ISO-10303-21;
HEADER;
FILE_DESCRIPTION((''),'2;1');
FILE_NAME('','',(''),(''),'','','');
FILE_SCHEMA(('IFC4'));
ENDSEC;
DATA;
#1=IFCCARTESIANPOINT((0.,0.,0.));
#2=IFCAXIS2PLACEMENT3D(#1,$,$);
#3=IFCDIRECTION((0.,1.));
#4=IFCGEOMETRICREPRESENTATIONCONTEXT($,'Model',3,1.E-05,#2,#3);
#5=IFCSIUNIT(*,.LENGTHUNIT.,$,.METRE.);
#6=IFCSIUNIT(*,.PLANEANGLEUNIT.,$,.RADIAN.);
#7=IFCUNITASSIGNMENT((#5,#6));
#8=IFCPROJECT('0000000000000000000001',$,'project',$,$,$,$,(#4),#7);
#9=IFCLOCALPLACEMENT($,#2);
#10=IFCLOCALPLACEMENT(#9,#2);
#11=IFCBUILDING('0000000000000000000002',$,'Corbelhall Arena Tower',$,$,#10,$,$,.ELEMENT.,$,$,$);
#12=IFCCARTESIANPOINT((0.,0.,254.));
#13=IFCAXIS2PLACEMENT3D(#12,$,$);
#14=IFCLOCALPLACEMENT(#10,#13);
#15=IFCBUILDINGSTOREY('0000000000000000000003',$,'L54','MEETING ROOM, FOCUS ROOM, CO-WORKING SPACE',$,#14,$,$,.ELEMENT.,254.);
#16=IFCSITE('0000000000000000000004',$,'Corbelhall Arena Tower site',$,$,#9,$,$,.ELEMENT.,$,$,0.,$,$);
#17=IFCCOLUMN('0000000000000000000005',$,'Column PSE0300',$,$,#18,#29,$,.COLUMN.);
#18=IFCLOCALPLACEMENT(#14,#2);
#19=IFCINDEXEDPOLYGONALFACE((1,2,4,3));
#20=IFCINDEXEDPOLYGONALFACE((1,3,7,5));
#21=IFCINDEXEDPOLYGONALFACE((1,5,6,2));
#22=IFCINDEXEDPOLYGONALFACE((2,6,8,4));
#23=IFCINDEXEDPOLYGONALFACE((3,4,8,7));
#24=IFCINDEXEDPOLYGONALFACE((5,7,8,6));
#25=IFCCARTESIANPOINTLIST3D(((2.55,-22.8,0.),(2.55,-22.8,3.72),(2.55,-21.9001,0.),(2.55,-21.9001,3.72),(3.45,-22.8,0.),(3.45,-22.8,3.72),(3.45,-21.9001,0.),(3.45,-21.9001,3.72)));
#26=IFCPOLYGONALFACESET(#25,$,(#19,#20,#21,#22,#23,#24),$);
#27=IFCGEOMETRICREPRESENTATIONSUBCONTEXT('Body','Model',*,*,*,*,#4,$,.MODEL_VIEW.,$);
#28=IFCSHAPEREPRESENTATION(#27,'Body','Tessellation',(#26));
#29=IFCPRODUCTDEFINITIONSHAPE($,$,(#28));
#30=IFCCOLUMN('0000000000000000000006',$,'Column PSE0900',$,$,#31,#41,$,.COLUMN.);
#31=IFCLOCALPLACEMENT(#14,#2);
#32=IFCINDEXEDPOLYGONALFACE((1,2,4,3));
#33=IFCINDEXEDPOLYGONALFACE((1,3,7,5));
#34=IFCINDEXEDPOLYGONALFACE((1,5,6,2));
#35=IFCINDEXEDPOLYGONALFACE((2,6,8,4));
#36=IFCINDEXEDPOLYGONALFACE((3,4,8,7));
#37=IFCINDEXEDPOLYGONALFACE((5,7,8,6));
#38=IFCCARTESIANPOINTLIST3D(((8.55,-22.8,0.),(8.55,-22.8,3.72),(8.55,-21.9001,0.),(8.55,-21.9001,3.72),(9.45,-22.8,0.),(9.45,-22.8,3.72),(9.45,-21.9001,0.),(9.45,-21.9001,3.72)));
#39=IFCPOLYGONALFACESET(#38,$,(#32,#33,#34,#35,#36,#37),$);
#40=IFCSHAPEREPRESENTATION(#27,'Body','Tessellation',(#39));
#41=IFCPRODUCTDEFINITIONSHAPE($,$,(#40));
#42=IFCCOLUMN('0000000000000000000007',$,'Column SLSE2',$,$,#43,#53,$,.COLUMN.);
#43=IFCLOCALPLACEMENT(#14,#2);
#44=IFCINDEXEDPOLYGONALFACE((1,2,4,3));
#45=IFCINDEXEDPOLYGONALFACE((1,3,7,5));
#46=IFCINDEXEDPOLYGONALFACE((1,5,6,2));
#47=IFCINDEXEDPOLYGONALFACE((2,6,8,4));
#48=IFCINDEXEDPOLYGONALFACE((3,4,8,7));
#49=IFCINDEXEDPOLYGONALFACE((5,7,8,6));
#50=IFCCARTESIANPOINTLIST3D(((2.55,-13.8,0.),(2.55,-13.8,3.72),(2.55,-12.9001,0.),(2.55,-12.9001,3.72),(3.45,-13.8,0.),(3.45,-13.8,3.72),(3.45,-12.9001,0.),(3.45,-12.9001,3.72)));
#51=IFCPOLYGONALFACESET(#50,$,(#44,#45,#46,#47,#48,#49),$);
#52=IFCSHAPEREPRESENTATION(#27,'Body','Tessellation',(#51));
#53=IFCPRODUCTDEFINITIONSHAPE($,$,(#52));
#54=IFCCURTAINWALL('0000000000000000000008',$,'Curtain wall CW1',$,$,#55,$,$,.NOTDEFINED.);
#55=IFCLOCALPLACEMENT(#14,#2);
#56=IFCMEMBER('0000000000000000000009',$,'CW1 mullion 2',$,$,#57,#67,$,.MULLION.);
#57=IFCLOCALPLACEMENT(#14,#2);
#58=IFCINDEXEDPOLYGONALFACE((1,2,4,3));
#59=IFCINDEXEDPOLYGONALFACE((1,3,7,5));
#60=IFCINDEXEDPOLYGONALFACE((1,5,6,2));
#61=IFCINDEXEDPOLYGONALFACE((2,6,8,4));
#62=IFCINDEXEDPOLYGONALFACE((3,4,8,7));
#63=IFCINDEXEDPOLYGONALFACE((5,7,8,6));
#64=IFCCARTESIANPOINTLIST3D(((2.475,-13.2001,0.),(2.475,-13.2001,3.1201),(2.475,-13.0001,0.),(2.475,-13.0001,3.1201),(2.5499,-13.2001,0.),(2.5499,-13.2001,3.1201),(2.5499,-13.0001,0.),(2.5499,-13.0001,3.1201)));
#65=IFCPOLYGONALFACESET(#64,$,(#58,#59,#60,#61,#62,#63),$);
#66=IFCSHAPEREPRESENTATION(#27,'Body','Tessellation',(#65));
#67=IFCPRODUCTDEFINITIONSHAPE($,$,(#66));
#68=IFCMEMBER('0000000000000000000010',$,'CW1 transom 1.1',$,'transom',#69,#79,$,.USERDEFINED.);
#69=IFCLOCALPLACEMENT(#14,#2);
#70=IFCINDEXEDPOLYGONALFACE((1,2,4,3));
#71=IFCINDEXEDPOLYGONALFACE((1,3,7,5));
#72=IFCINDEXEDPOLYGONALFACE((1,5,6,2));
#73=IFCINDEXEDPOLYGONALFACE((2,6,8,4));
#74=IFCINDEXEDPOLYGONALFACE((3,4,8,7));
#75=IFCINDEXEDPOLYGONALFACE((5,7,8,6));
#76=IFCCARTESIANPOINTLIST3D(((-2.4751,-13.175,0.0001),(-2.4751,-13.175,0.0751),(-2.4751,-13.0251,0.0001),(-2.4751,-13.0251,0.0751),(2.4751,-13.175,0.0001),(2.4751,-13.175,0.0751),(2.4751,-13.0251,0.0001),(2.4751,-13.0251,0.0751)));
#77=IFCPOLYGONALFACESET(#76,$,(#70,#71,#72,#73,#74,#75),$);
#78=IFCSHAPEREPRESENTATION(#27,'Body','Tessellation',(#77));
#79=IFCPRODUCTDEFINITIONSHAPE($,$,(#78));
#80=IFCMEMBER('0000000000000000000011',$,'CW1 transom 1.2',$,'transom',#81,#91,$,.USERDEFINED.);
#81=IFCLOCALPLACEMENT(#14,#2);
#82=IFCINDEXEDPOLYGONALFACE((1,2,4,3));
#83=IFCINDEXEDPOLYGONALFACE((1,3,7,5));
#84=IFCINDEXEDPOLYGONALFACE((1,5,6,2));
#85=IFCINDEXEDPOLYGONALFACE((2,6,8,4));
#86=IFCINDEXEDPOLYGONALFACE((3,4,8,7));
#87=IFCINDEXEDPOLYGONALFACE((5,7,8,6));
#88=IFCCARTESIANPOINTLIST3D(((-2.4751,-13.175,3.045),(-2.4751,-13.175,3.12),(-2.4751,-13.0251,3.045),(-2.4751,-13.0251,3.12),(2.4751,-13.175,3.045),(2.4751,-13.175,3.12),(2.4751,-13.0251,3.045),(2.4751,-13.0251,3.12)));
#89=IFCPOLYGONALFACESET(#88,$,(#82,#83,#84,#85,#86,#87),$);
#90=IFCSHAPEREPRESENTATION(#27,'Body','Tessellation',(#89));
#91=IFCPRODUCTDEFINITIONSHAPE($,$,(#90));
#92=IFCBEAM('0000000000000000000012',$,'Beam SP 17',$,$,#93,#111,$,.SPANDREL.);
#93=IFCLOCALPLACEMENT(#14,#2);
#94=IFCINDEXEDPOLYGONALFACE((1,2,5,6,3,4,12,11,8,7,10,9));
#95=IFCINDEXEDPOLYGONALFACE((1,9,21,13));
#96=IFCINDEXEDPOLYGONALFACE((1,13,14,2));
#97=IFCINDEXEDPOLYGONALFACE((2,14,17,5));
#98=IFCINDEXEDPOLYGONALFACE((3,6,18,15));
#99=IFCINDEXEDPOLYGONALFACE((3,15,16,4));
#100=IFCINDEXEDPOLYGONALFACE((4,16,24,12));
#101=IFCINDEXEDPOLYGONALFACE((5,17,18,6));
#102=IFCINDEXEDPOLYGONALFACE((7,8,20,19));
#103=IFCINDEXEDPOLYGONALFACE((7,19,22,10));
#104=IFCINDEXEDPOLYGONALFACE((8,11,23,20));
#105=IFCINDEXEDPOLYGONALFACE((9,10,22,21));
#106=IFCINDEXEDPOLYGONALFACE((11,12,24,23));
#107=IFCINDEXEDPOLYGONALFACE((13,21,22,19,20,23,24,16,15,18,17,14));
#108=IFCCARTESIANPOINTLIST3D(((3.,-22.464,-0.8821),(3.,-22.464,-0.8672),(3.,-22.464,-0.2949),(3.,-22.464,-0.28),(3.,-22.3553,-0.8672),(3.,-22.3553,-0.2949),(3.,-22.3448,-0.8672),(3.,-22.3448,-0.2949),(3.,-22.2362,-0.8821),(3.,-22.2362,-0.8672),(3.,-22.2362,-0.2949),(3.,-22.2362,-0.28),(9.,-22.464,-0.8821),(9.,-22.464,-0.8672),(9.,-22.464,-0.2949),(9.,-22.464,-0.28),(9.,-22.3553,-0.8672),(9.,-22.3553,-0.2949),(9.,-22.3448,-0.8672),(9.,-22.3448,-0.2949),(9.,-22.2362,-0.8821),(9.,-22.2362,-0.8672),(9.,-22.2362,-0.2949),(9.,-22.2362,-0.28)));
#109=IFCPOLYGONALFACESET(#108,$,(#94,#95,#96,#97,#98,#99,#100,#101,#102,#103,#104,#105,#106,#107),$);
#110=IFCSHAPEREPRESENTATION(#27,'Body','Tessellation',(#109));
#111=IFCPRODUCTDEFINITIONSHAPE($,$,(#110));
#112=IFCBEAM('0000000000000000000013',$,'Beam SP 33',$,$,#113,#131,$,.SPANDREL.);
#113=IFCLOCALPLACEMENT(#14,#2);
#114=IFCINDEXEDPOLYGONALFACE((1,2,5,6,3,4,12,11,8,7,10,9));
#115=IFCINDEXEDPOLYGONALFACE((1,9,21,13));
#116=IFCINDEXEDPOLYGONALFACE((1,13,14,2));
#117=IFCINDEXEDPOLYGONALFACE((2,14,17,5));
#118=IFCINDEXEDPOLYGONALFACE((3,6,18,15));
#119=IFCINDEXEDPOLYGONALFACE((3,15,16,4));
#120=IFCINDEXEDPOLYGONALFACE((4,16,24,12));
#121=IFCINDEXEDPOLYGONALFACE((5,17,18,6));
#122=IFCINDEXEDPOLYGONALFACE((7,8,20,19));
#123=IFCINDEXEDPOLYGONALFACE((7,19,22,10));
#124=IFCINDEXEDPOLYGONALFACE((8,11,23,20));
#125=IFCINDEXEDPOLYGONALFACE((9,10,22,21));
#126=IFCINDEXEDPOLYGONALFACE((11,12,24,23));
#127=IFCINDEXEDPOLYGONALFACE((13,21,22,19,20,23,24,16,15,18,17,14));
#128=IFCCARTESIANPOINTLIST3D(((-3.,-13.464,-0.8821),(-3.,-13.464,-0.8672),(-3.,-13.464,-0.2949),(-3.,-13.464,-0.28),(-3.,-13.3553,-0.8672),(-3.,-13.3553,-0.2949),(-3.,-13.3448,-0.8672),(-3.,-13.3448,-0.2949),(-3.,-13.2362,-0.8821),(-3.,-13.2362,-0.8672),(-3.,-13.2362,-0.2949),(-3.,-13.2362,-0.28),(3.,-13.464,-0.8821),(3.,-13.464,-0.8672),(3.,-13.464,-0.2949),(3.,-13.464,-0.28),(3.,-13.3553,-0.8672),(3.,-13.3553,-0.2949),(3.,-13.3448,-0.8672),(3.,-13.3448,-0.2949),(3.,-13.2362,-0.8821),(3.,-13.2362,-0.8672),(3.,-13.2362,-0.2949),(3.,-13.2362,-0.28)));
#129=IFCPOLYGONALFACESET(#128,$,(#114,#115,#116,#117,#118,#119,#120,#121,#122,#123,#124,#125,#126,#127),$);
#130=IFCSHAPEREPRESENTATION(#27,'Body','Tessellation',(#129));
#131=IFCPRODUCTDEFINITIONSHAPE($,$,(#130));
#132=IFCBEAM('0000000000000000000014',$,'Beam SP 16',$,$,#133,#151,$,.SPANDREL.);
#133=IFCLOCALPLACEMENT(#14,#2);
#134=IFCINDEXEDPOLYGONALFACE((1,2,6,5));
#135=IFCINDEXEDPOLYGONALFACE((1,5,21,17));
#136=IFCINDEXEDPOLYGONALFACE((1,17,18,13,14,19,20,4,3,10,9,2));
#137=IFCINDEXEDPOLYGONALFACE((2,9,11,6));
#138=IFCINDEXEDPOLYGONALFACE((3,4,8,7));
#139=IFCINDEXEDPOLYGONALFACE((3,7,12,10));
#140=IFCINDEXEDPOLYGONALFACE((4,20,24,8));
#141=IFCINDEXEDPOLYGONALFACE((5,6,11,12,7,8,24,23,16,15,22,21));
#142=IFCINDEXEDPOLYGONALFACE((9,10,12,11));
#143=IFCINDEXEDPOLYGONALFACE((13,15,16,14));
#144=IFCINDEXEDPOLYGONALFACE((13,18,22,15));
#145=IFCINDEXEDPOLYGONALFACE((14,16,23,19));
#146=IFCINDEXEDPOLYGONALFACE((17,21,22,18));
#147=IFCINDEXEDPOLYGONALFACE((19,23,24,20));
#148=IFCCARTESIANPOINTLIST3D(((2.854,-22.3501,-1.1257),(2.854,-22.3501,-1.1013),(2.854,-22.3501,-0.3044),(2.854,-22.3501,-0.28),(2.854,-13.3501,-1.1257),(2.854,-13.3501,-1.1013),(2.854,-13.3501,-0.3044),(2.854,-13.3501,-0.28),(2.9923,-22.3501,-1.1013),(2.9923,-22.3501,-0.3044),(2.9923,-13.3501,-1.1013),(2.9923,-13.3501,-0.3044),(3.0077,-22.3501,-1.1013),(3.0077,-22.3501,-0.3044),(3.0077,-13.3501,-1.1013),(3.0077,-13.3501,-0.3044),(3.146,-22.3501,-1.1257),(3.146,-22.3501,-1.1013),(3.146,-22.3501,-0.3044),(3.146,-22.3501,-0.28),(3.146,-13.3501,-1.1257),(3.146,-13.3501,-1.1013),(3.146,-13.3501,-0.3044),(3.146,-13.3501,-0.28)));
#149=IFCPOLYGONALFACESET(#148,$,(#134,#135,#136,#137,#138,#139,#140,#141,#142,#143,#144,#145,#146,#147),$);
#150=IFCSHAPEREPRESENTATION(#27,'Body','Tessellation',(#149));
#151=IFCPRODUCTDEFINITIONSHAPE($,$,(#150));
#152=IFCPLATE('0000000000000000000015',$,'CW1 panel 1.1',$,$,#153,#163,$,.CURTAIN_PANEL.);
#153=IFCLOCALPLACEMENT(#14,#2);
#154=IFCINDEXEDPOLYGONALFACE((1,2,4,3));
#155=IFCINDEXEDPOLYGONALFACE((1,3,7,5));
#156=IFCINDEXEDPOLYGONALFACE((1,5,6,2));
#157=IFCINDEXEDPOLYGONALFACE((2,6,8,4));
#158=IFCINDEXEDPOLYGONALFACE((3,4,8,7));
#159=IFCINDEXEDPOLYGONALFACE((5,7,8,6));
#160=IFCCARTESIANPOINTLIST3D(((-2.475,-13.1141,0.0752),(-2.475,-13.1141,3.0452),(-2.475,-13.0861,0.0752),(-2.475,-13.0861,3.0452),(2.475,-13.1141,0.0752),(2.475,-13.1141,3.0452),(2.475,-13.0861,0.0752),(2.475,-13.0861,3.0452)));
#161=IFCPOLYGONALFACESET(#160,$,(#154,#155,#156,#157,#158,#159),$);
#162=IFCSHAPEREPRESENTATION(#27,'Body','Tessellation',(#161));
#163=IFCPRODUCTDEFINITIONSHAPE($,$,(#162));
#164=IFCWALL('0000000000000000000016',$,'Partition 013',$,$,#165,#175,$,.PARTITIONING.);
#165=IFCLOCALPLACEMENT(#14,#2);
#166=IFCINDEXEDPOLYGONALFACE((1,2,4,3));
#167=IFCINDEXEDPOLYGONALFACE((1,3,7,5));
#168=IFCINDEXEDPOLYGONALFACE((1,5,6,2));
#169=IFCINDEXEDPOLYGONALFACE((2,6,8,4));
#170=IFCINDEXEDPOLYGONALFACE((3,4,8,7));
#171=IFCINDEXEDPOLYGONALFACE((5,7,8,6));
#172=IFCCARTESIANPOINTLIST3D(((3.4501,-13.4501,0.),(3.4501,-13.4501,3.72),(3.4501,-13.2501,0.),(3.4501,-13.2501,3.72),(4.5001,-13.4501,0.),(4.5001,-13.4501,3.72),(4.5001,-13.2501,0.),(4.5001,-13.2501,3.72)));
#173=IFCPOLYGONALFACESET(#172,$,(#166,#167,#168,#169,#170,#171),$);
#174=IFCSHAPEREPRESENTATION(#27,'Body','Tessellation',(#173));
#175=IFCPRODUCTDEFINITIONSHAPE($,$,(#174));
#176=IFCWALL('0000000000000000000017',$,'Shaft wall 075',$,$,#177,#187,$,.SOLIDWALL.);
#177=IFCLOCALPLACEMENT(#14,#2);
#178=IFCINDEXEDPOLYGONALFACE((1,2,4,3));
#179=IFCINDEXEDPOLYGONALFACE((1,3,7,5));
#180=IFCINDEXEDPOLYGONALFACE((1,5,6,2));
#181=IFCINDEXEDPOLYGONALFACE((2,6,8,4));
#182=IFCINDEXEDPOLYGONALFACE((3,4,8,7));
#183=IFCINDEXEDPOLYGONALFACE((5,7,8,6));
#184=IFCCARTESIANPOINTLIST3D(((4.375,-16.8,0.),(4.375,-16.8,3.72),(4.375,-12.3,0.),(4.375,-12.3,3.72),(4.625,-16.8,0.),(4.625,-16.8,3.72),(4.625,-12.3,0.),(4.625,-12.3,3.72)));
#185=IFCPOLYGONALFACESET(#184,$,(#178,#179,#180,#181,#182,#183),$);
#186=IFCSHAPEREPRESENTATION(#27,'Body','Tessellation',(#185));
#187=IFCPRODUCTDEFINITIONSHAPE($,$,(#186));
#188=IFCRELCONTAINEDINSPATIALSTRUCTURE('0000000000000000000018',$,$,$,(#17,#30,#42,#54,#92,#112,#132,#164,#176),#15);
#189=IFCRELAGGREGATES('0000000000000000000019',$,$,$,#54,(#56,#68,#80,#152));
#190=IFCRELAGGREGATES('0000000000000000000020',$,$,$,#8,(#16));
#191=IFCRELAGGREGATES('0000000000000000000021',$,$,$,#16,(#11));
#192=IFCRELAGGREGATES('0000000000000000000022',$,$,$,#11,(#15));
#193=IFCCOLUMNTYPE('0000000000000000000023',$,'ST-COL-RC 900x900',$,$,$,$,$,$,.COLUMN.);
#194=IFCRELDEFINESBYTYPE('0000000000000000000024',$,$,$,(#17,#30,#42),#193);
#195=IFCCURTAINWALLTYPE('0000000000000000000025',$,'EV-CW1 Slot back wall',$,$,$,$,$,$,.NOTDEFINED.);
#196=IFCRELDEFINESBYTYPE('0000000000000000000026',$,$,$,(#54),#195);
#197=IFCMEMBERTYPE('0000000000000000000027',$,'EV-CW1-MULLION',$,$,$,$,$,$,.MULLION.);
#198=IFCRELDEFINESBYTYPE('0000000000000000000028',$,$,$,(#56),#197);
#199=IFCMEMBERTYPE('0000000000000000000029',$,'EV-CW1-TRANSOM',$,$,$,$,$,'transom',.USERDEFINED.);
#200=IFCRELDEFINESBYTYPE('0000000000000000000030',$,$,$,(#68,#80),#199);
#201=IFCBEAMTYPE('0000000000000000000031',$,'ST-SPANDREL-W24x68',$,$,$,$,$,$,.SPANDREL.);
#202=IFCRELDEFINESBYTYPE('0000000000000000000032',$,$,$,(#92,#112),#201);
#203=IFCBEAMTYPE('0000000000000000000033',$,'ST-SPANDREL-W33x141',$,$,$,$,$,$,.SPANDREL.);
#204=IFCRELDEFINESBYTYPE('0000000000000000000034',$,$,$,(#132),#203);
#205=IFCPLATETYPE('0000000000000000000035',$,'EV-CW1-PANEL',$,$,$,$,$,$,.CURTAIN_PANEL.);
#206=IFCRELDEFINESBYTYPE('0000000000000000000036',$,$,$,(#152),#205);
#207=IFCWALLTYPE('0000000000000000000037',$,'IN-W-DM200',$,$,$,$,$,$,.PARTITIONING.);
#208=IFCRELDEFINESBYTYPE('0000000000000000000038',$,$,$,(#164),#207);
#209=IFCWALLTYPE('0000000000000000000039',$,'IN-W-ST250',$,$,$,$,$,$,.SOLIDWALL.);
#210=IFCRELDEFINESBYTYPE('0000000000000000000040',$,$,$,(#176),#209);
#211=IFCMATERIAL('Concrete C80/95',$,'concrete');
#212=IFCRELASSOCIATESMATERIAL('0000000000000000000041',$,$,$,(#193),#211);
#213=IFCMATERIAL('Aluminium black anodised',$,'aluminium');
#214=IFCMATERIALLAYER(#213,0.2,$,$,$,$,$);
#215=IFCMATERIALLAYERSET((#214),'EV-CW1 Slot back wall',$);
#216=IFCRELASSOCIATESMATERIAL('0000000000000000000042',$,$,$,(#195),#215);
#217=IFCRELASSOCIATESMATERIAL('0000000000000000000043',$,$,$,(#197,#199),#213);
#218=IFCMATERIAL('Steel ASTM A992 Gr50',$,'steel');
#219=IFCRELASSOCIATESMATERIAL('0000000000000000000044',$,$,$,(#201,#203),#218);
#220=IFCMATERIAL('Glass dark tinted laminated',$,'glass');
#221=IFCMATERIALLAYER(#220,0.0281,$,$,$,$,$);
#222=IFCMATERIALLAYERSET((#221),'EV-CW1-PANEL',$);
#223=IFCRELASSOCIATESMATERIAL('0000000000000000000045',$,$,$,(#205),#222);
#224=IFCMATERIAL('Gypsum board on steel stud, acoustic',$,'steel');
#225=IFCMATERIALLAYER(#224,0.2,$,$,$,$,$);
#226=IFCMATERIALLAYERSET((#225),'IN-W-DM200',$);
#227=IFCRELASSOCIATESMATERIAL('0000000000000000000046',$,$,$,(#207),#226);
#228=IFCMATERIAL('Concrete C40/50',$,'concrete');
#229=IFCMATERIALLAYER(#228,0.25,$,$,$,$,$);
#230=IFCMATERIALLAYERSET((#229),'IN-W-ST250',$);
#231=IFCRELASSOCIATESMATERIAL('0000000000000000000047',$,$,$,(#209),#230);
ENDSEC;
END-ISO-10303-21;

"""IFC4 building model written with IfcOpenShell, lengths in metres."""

from ifc_helpers import new_model, si_unit, direction, frame, frame_2d, origin, origin_2d, place, context, subcontext, project, spatial, rectangle, i_section, extrude, material, layer, layer_set, material_profile, profile_set, type_object, element, aggregate, save


model = new_model("IFC4")

# Units and contexts
model_context = context("Model", 3, precision=1e-05, world=origin(), true_north=direction((0.0, 1.0)))
body_context = subcontext(model_context, "Body", "Model", "MODEL_VIEW")
ifc_project = project(units=[si_unit("LENGTHUNIT", "METRE"), si_unit("PLANEANGLEUNIT", "RADIAN")], contexts=[model_context])

# Site, building, storey
site_placement = place(None, origin())
site = spatial("IfcSite", under=ifc_project, at=site_placement, Name="Corbelhall Arena Tower site", CompositionType="ELEMENT", RefElevation=0.0)
building_placement = place(site_placement, origin())
building = spatial("IfcBuilding", under=site, at=building_placement, Name="Corbelhall Arena Tower", CompositionType="ELEMENT")
storey_placement = place(building_placement, frame((0.0, 0.0, 254.0)))
storey = spatial("IfcBuildingStorey", under=building, at=storey_placement, Name="L54", Description="MEETING ROOM, FOCUS ROOM, CO-WORKING SPACE", CompositionType="ELEMENT", Elevation=254.0)

# Columns
ifc_material_1 = material(Name="Concrete C80/95", Category="concrete")
ifc_material_profile_1 = material_profile(ifc_material_1, rectangle(XDim=0.8999, YDim=0.8999, at=origin_2d()))
ifc_profile_set_1 = profile_set([ifc_material_profile_1], Name="Concrete C80/95")
column_type = type_object("IfcColumnType", Name="ST-COL-RC 900x900", PredefinedType="COLUMN", material=ifc_profile_set_1)
for number, where, z_axis, x_axis, name in (
    (1, (3.0, -22.3501, 0.0), (0.0, 0.0, 1.0), (1.0, 0.0, 0.0), "Column PSE0300"),
    (2, (9.0, -22.3501, 0.0), (0.0, 0.0, 1.0), (1.0, 0.0, 0.0), "Column PSE0900"),
    (3, (3.0, -13.3501, 0.0), (0.0, 0.0, 1.0), (1.0, 0.0, 0.0), "Column SLSE2"),
):
    element("IfcColumn", number, at=place(storey_placement, frame(where, z_axis=z_axis, x_axis=x_axis)), inside=storey, type_object=column_type, Name=name, PredefinedType="COLUMN", context=body_context, shape_type="SweptSolid", body=[
        extrude(rectangle(XDim=0.8999, YDim=0.8999, at=origin_2d()), origin(), (0.0, 0.0, 1.0), 3.72),
    ])

# Curtain wall, members
ifc_material_2 = material(Name="Aluminium black anodised", Category="aluminium")
ifc_layer_1 = layer(ifc_material_2, 0.2)
ifc_layer_set_1 = layer_set([ifc_layer_1], Name="EV-CW1 Slot back wall")
curtain_wall_type = type_object("IfcCurtainWallType", Name="EV-CW1 Slot back wall", PredefinedType="NOTDEFINED", material=ifc_layer_set_1)
curtain_wall_placement = place(storey_placement, origin())
curtain_wall = element("IfcCurtainWall", 4, at=curtain_wall_placement, inside=storey, type_object=curtain_wall_type, Name="Curtain wall CW1", PredefinedType="NOTDEFINED")
ifc_material_profile_2 = material_profile(ifc_material_2, rectangle(XDim=0.2, YDim=0.075, at=origin_2d()))
ifc_profile_set_2 = profile_set([ifc_material_profile_2], Name="Aluminium black anodised")
member_type_1 = type_object("IfcMemberType", Name="EV-CW1-MULLION", PredefinedType="MULLION", material=ifc_profile_set_2)
member_1_placement = place(storey_placement, frame((2.5125, -13.1001, 0.0), z_axis=(0.0, 0.0, 1.0), x_axis=(0.0, 1.0, 0.0)))
member_1 = element("IfcMember", 5, at=member_1_placement, type_object=member_type_1, Name="CW1 mullion 2", PredefinedType="MULLION", context=body_context, shape_type="SweptSolid", body=[
    extrude(rectangle(XDim=0.2, YDim=0.075, at=origin_2d()), origin(), (0.0, 0.0, 1.0), 3.1201),
])
ifc_material_profile_3 = material_profile(ifc_material_2, rectangle(XDim=0.1499, YDim=0.075, at=origin_2d()))
ifc_profile_set_3 = profile_set([ifc_material_profile_3], Name="Aluminium black anodised")
member_type_2 = type_object("IfcMemberType", Name="EV-CW1-TRANSOM", ElementType="transom", PredefinedType="USERDEFINED", material=ifc_profile_set_3)
member_2_placement = place(storey_placement, frame((-2.4751, -13.1001, 0.0376), z_axis=(1.0, 0.0, 0.0), x_axis=(0.0, 1.0, 0.0)))
member_2 = element("IfcMember", 6, at=member_2_placement, type_object=member_type_2, Name="CW1 transom 1.1", ObjectType="transom", PredefinedType="USERDEFINED", context=body_context, shape_type="SweptSolid", body=[
    extrude(rectangle(XDim=0.1499, YDim=0.075, at=origin_2d()), origin(), (0.0, 0.0, 1.0), 4.9502),
])
member_3_placement = place(storey_placement, frame((-2.4751, -13.1001, 3.0825), z_axis=(1.0, 0.0, 0.0), x_axis=(0.0, 1.0, 0.0)))
member_3 = element("IfcMember", 7, at=member_3_placement, type_object=member_type_2, Name="CW1 transom 1.2", ObjectType="transom", PredefinedType="USERDEFINED", context=body_context, shape_type="SweptSolid", body=[
    extrude(rectangle(XDim=0.1499, YDim=0.075, at=origin_2d()), origin(), (0.0, 0.0, 1.0), 4.9502),
])

# Beams
ifc_material_3 = material(Name="Steel ASTM A992 Gr50", Category="steel")
ifc_material_profile_4 = material_profile(ifc_material_3, i_section(OverallWidth=0.2278, OverallDepth=0.6021, WebThickness=0.0105, FlangeThickness=0.0149, at=origin_2d()))
ifc_profile_set_4 = profile_set([ifc_material_profile_4], Name="Steel ASTM A992 Gr50")
beam_type_1 = type_object("IfcBeamType", Name="ST-SPANDREL-W24x68", PredefinedType="SPANDREL", material=ifc_profile_set_4)
for number, where, z_axis, x_axis, name in (
    (8, (9.0, -22.3501, -0.5811), (-1.0, 0.0, 0.0), (0.0, -1.0, 0.0), "Beam SP 17"),
    (9, (3.0, -13.3501, -0.5811), (-1.0, 0.0, 0.0), (0.0, -1.0, 0.0), "Beam SP 33"),
):
    element("IfcBeam", number, at=place(storey_placement, frame(where, z_axis=z_axis, x_axis=x_axis)), inside=storey, type_object=beam_type_1, Name=name, PredefinedType="SPANDREL", context=body_context, shape_type="SweptSolid", body=[
        extrude(i_section(OverallWidth=0.2278, OverallDepth=0.6021, WebThickness=0.0105, FlangeThickness=0.0149, at=origin_2d()), origin(), (0.0, 0.0, 1.0), 6.0),
    ])
ifc_material_profile_5 = material_profile(ifc_material_3, i_section(OverallWidth=0.292, OverallDepth=0.8457, WebThickness=0.0154, FlangeThickness=0.0244, at=origin_2d()))
ifc_profile_set_5 = profile_set([ifc_material_profile_5], Name="Steel ASTM A992 Gr50")
beam_type_2 = type_object("IfcBeamType", Name="ST-SPANDREL-W33x141", PredefinedType="SPANDREL", material=ifc_profile_set_5)
beam_placement = place(storey_placement, frame((3.0, -22.3501, -0.7029), z_axis=(0.0, 1.0, 0.0), x_axis=(-1.0, 0.0, 0.0)))
element("IfcBeam", 10, at=beam_placement, inside=storey, type_object=beam_type_2, Name="Beam SP 16", PredefinedType="SPANDREL", context=body_context, shape_type="SweptSolid", body=[
    extrude(i_section(OverallWidth=0.292, OverallDepth=0.8457, WebThickness=0.0154, FlangeThickness=0.0244, at=origin_2d()), origin(), (0.0, 0.0, 1.0), 9.0),
])

# Plate
ifc_material_4 = material(Name="Glass dark tinted laminated", Category="glass")
ifc_layer_2 = layer(ifc_material_4, 0.0281)
ifc_layer_set_2 = layer_set([ifc_layer_2], Name="EV-CW1-PANEL")
plate_type = type_object("IfcPlateType", Name="EV-CW1-PANEL", PredefinedType="CURTAIN_PANEL", material=ifc_layer_set_2)
plate_placement = place(storey_placement, frame((0.0, -13.1001, 0.0752), z_axis=(0.0, 0.0, 1.0), x_axis=(1.0, 0.0, 0.0)))
plate = element("IfcPlate", 11, at=plate_placement, type_object=plate_type, Name="CW1 panel 1.1", PredefinedType="CURTAIN_PANEL", context=body_context, shape_type="SweptSolid", body=[
    extrude(rectangle(XDim=4.95, YDim=0.0281, at=origin_2d()), origin(), (0.0, 0.0, 1.0), 2.97),
])
aggregate(curtain_wall, [member_1, member_2, member_3, plate])

# Wall
ifc_material_5 = material(Name="Gypsum board on steel stud, acoustic", Category="steel")
ifc_layer_3 = layer(ifc_material_5, 0.2)
ifc_layer_set_3 = layer_set([ifc_layer_3], Name="IN-W-DM200")
wall_type_1 = type_object("IfcWallType", Name="IN-W-DM200", PredefinedType="PARTITIONING", material=ifc_layer_set_3)
wall_1_placement = place(storey_placement, frame((4.5, -13.3501, 0.0), z_axis=(0.0, 0.0, 1.0), x_axis=(-1.0, 0.0, 0.0)))
element("IfcWall", 12, at=wall_1_placement, inside=storey, type_object=wall_type_1, Name="Partition 013", PredefinedType="PARTITIONING", context=body_context, shape_type="SweptSolid", body=[
    extrude(rectangle(XDim=1.05, YDim=0.2, at=frame_2d((0.5249, 0.0))), origin(), (0.0, 0.0, 1.0), 3.72),
])

# Wall
ifc_material_6 = material(Name="Concrete C40/50", Category="concrete")
ifc_layer_4 = layer(ifc_material_6, 0.25)
ifc_layer_set_4 = layer_set([ifc_layer_4], Name="IN-W-ST250")
wall_type_2 = type_object("IfcWallType", Name="IN-W-ST250", PredefinedType="SOLIDWALL", material=ifc_layer_set_4)
wall_2_placement = place(storey_placement, frame((4.5, -16.8, 0.0), z_axis=(0.0, 0.0, 1.0), x_axis=(0.0, 1.0, 0.0)))
element("IfcWall", 13, at=wall_2_placement, inside=storey, type_object=wall_type_2, Name="Shaft wall 075", PredefinedType="SOLIDWALL", context=body_context, shape_type="SweptSolid", body=[
    extrude(rectangle(XDim=4.5, YDim=0.25, at=frame_2d((2.25, 0.0))), origin(), (0.0, 0.0, 1.0), 3.72),
])

save(model, "model.ifc")
